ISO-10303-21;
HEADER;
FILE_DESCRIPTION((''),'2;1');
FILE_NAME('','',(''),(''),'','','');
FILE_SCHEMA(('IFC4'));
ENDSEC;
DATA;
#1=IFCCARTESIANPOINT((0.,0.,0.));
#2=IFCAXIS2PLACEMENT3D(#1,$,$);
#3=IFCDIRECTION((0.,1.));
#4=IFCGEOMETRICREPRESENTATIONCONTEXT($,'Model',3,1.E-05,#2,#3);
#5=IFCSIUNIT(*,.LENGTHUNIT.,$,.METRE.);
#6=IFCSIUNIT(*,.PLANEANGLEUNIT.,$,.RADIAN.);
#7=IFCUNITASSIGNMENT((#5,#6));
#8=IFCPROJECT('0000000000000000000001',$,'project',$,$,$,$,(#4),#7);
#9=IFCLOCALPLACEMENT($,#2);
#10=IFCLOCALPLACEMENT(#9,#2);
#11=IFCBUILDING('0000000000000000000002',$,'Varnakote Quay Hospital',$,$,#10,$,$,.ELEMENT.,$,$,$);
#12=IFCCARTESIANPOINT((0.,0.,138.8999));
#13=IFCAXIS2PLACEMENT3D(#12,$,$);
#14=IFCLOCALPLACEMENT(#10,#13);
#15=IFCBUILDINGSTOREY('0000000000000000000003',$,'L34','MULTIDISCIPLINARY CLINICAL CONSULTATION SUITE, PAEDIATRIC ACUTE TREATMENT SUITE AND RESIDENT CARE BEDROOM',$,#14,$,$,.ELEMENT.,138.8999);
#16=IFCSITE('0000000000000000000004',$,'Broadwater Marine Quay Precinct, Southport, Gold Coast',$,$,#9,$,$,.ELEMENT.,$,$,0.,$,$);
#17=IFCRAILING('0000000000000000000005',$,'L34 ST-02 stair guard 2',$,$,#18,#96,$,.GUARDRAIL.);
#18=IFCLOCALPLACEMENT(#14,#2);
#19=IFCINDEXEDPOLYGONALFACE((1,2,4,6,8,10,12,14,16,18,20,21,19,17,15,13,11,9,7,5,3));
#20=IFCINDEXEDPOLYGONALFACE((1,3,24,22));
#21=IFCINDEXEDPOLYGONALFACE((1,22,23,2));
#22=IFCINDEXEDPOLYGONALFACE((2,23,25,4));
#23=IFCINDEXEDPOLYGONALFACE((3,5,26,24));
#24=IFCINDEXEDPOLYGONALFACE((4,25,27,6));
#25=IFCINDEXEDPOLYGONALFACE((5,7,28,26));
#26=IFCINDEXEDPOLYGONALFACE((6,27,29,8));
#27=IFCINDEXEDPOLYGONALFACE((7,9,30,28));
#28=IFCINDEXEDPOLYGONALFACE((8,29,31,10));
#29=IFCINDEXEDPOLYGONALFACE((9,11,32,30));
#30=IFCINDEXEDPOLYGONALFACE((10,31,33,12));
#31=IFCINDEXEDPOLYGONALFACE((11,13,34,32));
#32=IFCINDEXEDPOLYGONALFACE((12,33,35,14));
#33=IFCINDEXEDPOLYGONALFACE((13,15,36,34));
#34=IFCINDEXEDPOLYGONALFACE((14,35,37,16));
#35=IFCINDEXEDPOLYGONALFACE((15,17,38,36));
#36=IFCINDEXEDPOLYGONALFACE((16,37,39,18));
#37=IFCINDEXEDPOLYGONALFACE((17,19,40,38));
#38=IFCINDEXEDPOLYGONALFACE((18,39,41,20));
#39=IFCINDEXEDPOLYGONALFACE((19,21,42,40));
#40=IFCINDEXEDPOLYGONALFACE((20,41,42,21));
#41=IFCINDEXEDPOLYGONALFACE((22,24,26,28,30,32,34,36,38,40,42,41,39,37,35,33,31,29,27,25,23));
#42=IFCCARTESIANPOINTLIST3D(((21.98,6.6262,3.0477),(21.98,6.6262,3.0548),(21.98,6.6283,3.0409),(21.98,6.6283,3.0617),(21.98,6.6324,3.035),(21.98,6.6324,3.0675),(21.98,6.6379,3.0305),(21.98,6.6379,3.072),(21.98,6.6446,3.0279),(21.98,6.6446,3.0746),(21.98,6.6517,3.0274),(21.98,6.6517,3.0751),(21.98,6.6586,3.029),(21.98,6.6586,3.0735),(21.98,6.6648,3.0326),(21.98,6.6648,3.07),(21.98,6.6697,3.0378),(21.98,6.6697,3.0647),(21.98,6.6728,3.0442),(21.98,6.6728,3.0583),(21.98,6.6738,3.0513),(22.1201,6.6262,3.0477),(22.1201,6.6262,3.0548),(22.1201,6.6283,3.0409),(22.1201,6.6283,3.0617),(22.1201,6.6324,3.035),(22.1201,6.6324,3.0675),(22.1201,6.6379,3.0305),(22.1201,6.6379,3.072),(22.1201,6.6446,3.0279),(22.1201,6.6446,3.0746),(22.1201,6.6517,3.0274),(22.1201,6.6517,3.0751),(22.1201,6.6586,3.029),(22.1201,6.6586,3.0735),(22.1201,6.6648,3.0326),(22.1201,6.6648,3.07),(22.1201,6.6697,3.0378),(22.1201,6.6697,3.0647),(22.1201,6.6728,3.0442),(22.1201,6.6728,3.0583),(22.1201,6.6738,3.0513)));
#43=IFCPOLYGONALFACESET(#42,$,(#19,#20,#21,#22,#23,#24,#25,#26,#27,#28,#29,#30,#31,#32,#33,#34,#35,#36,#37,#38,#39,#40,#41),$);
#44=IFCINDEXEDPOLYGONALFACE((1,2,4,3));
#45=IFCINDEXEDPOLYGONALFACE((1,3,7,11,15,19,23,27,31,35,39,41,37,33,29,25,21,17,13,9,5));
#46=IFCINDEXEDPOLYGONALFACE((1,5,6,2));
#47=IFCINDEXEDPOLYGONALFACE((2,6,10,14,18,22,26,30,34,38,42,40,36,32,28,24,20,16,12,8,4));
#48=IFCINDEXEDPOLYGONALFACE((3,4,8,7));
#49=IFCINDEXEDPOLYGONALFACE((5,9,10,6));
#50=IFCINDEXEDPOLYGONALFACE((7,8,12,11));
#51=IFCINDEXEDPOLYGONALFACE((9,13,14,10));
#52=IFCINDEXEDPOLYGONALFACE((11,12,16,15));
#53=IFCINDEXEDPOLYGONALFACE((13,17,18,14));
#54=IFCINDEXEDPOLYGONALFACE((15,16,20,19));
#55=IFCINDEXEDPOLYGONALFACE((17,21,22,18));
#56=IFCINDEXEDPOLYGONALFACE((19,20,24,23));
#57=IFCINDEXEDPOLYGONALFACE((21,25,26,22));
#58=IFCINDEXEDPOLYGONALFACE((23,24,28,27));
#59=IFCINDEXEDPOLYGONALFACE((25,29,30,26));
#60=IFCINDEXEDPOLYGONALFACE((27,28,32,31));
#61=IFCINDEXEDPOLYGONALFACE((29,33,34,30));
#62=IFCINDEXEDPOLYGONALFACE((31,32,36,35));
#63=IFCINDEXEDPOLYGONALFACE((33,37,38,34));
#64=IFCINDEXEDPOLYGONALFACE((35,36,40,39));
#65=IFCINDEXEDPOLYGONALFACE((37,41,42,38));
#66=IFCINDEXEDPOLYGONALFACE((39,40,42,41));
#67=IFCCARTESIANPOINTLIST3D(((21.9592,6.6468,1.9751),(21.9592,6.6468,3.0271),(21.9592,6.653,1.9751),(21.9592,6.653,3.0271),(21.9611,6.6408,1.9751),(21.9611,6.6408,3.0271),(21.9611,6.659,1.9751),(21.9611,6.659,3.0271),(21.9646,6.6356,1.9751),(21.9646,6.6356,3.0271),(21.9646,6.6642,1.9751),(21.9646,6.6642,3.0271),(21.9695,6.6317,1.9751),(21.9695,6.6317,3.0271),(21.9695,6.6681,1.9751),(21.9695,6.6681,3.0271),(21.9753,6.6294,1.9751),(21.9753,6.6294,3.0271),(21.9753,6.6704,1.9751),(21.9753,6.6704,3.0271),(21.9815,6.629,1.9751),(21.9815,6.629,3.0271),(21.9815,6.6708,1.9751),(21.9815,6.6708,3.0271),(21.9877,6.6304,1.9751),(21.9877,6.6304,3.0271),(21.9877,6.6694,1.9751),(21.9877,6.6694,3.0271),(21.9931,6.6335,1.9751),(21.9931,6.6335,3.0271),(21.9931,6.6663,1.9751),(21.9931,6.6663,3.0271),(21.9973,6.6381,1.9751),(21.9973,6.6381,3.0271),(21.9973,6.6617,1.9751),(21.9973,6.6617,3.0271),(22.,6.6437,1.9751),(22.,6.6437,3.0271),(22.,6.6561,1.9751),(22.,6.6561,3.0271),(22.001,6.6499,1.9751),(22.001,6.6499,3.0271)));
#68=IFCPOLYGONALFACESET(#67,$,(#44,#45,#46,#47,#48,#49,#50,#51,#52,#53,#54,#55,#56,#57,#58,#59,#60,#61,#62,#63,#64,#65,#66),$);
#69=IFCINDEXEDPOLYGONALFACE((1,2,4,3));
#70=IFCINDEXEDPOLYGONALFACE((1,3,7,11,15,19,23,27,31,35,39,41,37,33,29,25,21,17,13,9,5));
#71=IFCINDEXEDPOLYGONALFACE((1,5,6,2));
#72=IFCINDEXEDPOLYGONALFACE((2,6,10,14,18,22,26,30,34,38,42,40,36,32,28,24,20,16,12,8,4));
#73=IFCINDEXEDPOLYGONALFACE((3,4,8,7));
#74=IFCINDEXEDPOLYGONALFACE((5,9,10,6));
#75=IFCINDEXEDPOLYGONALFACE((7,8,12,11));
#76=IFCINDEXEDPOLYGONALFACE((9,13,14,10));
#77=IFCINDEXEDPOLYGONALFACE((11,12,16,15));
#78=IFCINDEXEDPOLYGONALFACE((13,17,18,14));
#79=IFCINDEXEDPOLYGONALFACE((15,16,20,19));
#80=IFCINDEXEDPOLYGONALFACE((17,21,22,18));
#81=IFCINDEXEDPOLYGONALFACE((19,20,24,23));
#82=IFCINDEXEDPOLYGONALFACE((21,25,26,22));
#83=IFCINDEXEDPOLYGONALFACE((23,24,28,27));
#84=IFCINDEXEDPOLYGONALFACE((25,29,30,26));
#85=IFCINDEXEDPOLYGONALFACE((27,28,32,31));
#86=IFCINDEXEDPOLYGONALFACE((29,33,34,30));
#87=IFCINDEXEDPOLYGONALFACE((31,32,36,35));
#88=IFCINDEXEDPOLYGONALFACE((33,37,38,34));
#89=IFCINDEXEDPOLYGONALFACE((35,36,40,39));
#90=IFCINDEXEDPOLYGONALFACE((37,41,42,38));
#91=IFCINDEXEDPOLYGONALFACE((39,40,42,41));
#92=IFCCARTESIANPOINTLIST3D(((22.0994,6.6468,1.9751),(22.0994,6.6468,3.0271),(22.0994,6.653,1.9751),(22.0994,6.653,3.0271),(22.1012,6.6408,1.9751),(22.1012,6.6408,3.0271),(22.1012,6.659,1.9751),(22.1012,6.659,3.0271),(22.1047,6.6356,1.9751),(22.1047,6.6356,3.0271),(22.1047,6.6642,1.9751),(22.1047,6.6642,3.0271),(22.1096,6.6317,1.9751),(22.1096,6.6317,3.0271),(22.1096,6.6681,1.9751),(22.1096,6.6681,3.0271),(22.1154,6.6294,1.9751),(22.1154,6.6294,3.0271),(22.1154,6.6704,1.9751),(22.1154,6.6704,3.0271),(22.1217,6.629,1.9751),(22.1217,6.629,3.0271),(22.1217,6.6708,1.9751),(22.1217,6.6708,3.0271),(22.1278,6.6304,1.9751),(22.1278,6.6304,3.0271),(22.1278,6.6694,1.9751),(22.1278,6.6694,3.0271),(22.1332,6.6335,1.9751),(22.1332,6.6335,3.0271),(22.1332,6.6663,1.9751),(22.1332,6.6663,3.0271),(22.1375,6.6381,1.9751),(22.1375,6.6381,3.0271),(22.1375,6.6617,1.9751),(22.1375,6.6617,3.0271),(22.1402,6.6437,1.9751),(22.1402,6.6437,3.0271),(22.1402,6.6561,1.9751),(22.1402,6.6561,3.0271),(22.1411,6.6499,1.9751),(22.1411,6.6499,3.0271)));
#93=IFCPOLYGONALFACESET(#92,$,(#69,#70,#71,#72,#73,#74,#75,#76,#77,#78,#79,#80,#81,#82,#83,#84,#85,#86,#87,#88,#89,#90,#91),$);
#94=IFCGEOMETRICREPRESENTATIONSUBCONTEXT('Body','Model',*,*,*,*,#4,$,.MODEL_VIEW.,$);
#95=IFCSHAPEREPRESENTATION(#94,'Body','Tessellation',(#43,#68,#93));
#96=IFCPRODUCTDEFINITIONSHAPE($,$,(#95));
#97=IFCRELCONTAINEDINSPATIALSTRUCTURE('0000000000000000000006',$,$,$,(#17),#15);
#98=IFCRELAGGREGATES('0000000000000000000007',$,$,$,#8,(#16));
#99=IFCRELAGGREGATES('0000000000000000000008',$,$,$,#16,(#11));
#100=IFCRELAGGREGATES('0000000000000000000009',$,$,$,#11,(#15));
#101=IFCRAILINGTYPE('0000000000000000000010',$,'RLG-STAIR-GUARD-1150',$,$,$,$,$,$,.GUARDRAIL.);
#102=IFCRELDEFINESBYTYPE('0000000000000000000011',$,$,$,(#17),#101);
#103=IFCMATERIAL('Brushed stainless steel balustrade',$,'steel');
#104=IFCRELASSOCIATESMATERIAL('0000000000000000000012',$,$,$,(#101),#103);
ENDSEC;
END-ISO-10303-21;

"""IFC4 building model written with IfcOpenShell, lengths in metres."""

from ifc_helpers import new_model, si_unit, direction, frame, origin, origin_2d, place, context, subcontext, project, spatial, circle, extrude, material, type_object, element, save


model = new_model("IFC4")

# Units and contexts
model_context = context("Model", 3, precision=1e-05, world=origin(), true_north=direction((0.0, 1.0)))
body_context = subcontext(model_context, "Body", "Model", "MODEL_VIEW")
ifc_project = project(units=[si_unit("LENGTHUNIT", "METRE"), si_unit("PLANEANGLEUNIT", "RADIAN")], contexts=[model_context])

# Site, building, storey
site_placement = place(None, origin())
site = spatial("IfcSite", under=ifc_project, at=site_placement, Name="Broadwater Marine Quay Precinct, Southport, Gold Coast", CompositionType="ELEMENT", RefElevation=0.0)
building_placement = place(site_placement, origin())
building = spatial("IfcBuilding", under=site, at=building_placement, Name="Varnakote Quay Hospital", CompositionType="ELEMENT")
storey_placement = place(building_placement, frame((0.0, 0.0, 138.8999)))
storey = spatial("IfcBuildingStorey", under=building, at=storey_placement, Name="L34", Description="MULTIDISCIPLINARY CLINICAL CONSULTATION SUITE, PAEDIATRIC ACUTE TREATMENT SUITE AND RESIDENT CARE BEDROOM", CompositionType="ELEMENT", Elevation=138.8999)

# Railing
ifc_material_1 = material(Name="Brushed stainless steel balustrade", Category="steel")
railing_type_1 = type_object("IfcRailingType", Name="RLG-STAIR-GUARD-1150", PredefinedType="GUARDRAIL", material=ifc_material_1)
railing_1_placement = place(storey_placement, frame((21.98, 6.6499, 1.9751)))
element("IfcRailing", 1, at=railing_1_placement, inside=storey, type_object=railing_type_1, Name="L34 ST-02 stair guard 2", PredefinedType="GUARDRAIL", context=body_context, shape_type="SweptSolid", body=[
    extrude(circle(Radius=0.0239, at=origin_2d()), frame((0.0, 0.0, 1.0762), z_axis=(1.0, 0.0, 0.0), x_axis=(0.0, 1.0, 0.0)), (0.0, 0.0, 1.0), 0.1401),
    extrude(circle(Radius=0.021, at=origin_2d()), origin(), (0.0, 0.0, 1.0), 1.052),
    extrude(circle(Radius=0.021, at=origin_2d()), frame((0.1401, 0.0, 0.0)), (0.0, 0.0, 1.0), 1.052),
])

save(model, "model.ifc")
